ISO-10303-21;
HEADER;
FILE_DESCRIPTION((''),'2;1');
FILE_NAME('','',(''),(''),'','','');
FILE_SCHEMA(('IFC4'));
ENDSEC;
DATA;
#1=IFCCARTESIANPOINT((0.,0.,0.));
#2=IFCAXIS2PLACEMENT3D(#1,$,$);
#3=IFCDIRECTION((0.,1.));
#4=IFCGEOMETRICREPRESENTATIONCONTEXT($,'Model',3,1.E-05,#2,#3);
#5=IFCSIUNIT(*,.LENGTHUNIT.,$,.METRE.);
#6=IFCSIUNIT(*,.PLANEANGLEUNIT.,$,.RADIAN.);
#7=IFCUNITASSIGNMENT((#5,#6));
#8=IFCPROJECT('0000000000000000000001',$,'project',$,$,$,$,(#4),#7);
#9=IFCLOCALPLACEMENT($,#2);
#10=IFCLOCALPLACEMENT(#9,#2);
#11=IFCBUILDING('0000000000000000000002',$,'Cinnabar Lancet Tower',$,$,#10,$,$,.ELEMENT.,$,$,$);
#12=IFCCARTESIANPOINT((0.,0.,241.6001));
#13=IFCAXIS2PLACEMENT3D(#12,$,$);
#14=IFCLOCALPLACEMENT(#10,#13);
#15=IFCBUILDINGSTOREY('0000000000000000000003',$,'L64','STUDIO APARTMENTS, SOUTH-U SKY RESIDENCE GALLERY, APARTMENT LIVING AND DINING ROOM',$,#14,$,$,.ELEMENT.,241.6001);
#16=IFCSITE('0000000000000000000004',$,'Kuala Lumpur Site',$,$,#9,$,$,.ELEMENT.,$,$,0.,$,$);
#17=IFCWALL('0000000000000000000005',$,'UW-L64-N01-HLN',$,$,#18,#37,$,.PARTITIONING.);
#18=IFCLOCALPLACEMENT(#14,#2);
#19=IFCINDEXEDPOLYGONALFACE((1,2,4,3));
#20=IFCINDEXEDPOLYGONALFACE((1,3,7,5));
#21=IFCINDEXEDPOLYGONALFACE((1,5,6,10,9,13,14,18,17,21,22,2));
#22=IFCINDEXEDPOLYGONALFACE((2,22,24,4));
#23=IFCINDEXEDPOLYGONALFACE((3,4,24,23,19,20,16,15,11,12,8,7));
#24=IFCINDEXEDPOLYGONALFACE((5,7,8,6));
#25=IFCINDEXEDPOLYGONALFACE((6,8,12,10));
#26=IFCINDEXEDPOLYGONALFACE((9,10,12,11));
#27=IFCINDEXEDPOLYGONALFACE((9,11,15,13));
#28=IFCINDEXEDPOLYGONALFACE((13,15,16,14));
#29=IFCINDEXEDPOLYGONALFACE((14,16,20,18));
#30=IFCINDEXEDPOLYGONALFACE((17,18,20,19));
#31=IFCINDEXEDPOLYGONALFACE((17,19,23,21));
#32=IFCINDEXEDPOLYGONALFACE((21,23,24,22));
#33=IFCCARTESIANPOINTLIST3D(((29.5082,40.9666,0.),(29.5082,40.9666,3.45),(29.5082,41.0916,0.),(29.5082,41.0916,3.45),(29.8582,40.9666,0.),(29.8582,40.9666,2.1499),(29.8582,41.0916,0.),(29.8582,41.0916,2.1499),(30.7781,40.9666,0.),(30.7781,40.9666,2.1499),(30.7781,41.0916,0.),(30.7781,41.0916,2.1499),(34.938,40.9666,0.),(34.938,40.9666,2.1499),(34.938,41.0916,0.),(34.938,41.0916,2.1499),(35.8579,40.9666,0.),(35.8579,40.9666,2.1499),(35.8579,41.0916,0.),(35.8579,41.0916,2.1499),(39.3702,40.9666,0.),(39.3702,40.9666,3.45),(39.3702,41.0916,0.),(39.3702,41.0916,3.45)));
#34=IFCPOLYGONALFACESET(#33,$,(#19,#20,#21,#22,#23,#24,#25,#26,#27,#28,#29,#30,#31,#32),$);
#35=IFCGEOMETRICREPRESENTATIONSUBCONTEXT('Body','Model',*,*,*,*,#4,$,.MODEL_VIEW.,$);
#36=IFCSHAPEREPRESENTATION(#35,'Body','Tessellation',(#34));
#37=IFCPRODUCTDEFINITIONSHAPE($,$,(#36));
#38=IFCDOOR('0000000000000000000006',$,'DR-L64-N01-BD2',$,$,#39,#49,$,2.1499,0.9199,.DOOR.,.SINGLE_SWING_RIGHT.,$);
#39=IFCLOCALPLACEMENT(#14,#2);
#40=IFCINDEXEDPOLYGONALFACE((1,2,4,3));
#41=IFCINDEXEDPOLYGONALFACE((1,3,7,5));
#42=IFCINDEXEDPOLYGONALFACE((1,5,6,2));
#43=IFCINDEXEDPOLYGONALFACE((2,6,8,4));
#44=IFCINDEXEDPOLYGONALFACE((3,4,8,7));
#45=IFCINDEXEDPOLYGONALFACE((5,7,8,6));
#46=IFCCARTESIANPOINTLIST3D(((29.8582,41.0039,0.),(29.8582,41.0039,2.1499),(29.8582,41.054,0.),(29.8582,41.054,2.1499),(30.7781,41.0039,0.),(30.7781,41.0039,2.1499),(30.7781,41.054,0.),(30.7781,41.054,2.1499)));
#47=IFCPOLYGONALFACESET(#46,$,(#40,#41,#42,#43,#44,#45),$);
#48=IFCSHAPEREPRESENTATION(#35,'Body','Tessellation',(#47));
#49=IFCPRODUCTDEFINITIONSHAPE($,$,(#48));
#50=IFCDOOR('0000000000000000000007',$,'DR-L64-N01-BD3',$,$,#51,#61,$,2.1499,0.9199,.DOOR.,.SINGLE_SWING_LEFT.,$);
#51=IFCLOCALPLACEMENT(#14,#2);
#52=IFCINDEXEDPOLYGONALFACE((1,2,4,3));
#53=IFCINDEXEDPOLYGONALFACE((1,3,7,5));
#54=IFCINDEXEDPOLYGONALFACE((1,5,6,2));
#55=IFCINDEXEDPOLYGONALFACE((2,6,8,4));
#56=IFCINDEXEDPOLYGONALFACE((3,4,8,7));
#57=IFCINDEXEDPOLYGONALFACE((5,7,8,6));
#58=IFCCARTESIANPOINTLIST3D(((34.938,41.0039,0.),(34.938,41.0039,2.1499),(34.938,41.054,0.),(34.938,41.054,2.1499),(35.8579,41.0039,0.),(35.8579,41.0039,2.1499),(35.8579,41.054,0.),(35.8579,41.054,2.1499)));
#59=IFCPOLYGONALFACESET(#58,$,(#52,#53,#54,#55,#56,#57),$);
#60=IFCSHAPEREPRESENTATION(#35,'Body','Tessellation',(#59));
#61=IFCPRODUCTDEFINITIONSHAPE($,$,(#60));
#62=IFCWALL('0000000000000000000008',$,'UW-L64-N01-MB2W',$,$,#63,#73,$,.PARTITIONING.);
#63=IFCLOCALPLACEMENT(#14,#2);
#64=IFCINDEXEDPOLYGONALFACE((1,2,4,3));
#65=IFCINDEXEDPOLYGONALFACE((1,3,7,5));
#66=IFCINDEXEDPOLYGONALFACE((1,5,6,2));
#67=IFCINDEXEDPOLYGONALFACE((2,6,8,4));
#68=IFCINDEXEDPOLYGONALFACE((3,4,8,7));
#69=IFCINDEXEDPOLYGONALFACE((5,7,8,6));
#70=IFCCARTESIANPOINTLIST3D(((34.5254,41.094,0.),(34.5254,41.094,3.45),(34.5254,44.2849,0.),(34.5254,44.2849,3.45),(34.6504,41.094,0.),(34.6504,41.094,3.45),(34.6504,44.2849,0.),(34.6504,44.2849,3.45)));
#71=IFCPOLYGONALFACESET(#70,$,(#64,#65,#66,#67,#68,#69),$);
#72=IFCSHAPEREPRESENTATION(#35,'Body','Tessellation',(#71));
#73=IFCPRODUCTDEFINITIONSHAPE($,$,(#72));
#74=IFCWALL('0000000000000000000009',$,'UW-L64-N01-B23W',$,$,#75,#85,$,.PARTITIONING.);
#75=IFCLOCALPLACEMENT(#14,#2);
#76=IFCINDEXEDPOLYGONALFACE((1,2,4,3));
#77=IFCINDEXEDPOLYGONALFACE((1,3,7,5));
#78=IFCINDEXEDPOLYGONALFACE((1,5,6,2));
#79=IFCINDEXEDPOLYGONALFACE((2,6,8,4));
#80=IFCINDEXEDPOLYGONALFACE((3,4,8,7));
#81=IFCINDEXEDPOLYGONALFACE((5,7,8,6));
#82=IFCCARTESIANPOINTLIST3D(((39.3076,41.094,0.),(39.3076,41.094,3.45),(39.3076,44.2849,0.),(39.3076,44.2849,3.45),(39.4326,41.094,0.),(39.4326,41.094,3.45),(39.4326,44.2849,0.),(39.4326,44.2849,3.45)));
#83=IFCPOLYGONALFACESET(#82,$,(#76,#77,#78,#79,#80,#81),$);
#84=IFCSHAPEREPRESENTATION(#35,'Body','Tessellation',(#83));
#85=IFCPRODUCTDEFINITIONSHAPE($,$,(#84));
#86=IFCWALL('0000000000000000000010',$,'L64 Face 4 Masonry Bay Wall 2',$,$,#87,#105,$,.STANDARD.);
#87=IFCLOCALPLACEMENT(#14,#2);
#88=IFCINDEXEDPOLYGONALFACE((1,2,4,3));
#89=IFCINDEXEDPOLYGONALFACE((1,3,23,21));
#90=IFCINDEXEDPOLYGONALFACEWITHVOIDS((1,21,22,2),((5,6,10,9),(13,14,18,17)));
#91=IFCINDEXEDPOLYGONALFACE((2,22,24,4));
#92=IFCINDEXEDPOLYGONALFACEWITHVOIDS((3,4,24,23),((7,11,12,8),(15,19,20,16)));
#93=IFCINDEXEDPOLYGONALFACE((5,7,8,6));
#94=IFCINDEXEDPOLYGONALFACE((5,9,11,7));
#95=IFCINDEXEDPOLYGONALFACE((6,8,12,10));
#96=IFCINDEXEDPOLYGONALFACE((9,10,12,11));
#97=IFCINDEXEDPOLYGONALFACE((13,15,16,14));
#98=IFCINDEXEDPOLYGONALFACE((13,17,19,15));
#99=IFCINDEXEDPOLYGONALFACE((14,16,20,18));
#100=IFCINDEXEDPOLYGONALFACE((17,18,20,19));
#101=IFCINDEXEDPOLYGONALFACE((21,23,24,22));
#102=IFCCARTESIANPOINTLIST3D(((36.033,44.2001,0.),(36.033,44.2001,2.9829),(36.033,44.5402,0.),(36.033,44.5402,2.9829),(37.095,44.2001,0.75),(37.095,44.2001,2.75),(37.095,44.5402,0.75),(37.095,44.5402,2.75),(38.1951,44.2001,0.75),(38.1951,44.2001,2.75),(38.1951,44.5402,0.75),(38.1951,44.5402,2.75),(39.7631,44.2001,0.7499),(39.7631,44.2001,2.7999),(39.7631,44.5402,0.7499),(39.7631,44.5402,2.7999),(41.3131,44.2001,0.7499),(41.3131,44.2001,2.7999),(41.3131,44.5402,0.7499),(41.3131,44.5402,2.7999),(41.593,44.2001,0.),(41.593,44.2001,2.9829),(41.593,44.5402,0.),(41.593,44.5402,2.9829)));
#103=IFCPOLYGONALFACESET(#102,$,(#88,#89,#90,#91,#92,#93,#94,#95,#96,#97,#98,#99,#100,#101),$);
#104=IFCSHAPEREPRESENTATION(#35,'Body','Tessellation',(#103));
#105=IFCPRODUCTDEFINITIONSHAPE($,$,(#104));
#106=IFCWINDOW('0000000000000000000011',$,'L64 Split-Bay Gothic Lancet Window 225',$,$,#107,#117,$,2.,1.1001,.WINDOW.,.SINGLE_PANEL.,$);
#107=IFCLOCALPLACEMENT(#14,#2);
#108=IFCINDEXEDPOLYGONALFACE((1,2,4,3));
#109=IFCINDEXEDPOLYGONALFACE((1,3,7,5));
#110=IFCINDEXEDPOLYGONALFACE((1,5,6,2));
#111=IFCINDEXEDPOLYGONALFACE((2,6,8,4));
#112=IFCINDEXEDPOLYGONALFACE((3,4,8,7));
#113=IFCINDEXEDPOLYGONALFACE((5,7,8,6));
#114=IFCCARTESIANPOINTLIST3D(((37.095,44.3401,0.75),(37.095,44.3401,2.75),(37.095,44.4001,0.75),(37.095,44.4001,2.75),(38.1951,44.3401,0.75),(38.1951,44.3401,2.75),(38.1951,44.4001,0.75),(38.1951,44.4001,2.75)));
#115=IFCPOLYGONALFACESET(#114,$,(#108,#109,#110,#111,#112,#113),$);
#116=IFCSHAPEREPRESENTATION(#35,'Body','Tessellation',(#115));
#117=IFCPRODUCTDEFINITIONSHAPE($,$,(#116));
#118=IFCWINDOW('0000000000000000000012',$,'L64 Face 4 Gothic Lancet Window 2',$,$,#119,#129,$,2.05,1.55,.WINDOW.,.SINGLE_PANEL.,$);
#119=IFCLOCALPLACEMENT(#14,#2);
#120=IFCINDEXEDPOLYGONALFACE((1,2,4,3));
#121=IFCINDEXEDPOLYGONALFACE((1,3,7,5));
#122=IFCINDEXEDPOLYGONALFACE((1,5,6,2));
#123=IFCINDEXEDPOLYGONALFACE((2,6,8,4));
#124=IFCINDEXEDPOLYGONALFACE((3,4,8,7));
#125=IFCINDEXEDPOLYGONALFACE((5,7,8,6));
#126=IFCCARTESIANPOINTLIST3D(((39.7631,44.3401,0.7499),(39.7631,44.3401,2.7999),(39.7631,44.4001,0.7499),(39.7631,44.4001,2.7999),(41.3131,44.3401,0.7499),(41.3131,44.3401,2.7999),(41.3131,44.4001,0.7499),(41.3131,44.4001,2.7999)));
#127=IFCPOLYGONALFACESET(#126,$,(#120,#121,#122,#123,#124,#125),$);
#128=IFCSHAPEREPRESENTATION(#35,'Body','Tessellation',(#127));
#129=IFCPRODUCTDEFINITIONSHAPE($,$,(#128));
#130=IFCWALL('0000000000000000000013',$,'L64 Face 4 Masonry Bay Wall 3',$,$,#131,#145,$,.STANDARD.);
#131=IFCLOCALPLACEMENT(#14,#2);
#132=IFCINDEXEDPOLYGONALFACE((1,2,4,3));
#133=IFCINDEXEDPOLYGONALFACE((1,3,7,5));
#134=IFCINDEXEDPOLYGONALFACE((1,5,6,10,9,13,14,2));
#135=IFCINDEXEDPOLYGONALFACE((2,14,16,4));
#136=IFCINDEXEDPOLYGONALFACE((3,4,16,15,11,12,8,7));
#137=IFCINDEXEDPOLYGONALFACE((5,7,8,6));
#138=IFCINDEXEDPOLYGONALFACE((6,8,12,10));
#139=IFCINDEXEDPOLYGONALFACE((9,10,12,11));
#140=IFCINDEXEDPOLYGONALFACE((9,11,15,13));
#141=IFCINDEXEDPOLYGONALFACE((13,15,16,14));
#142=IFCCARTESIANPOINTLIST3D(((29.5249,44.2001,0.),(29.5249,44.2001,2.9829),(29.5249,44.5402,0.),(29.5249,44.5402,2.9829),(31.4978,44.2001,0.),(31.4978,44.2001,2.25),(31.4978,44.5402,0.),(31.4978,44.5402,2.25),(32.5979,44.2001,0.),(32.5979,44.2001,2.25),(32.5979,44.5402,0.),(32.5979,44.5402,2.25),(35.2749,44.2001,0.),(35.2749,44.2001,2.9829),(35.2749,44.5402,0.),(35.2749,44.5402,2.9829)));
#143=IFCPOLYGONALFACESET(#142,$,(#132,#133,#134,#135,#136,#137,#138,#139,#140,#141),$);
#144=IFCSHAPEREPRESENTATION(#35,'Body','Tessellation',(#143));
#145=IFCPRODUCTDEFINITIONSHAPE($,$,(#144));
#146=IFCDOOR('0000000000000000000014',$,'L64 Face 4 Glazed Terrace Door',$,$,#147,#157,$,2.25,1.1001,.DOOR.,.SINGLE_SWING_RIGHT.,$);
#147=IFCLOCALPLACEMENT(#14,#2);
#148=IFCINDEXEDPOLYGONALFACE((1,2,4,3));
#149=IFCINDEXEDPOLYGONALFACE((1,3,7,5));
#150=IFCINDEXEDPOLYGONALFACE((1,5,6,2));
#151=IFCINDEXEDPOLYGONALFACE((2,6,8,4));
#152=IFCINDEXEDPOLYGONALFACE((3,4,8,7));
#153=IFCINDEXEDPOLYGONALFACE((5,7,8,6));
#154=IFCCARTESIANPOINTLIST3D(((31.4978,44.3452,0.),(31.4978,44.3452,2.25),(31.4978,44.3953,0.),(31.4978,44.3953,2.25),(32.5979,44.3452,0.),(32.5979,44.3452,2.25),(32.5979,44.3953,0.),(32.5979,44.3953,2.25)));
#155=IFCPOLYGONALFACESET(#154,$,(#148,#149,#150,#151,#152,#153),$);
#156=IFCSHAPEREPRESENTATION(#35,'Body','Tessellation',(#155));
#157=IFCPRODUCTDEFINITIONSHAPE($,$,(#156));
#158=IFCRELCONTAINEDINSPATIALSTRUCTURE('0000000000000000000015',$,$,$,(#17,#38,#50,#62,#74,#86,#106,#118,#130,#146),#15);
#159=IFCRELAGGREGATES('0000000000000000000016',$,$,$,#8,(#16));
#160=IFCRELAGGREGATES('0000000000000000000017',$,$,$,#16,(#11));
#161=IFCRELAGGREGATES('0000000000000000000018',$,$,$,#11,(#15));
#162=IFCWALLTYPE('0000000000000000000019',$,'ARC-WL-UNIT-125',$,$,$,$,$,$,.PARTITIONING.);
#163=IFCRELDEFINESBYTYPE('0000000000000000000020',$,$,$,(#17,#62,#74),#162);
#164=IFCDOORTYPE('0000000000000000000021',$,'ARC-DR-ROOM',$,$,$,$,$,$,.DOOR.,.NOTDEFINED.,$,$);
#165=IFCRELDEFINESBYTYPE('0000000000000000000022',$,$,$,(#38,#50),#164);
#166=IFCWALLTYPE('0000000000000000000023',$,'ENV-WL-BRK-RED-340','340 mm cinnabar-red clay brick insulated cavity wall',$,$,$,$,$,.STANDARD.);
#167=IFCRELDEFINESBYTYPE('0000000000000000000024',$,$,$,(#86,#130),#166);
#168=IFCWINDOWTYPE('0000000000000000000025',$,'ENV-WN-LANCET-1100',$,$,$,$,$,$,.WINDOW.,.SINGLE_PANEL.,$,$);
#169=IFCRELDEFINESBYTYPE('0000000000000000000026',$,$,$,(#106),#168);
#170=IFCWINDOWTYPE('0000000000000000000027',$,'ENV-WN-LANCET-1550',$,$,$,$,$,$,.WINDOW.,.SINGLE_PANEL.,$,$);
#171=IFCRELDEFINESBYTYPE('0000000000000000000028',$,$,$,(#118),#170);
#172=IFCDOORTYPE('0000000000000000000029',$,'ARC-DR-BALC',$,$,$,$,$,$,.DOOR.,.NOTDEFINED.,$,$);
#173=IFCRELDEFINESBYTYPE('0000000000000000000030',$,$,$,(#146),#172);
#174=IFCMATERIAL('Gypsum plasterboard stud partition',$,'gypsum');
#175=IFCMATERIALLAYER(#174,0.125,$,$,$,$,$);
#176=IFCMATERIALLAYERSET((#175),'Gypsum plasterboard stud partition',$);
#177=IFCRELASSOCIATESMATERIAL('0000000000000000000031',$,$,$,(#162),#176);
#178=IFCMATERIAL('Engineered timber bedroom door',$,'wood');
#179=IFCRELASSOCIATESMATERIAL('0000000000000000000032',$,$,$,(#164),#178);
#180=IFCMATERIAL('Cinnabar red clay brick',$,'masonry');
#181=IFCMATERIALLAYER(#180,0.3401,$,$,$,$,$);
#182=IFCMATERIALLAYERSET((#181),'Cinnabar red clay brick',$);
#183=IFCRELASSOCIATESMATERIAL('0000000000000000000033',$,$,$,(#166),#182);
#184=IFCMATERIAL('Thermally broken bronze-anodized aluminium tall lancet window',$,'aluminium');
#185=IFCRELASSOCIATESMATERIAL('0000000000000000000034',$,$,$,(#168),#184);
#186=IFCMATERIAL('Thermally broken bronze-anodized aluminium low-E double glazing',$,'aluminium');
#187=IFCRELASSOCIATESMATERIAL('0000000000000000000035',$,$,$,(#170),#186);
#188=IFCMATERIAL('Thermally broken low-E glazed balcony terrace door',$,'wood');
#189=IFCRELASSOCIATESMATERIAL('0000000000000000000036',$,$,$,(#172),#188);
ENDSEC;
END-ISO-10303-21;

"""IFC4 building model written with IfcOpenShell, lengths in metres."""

from ifc_helpers import new_model, si_unit, direction, frame, frame_2d, origin, place, context, subcontext, project, spatial, rectangle, extrude, material, layer, layer_set, type_object, element, fill, save


model = new_model("IFC4")

# Units and contexts
model_context = context("Model", 3, precision=1e-05, world=origin(), true_north=direction((0.0, 1.0)))
body_context = subcontext(model_context, "Body", "Model", "MODEL_VIEW")
ifc_project = project(units=[si_unit("LENGTHUNIT", "METRE"), si_unit("PLANEANGLEUNIT", "RADIAN")], contexts=[model_context])

# Site, building, storey
site_placement = place(None, origin())
site = spatial("IfcSite", under=ifc_project, at=site_placement, Name="Kuala Lumpur Site", CompositionType="ELEMENT", RefElevation=0.0)
building_placement = place(site_placement, origin())
building = spatial("IfcBuilding", under=site, at=building_placement, Name="Cinnabar Lancet Tower", CompositionType="ELEMENT")
storey_placement = place(building_placement, frame((0.0, 0.0, 241.6001)))
storey = spatial("IfcBuildingStorey", under=building, at=storey_placement, Name="L64", Description="STUDIO APARTMENTS, SOUTH-U SKY RESIDENCE GALLERY, APARTMENT LIVING AND DINING ROOM", CompositionType="ELEMENT", Elevation=241.6001)

# Wall, openings, doors
ifc_material_1 = material(Name="Gypsum plasterboard stud partition", Category="gypsum")
ifc_layer_1 = layer(ifc_material_1, 0.125)
ifc_layer_set_1 = layer_set([ifc_layer_1], Name="Gypsum plasterboard stud partition")
wall_type_1 = type_object("IfcWallType", Name="ARC-WL-UNIT-125", PredefinedType="PARTITIONING", material=ifc_layer_set_1)
wall_1_placement = place(storey_placement, frame((29.5081, 41.0291, 0.0), z_axis=(0.0, 0.0, 1.0), x_axis=(1.0, 0.0, 0.0)))
wall_1 = element("IfcWall", 1, at=wall_1_placement, inside=storey, type_object=wall_type_1, Name="UW-L64-N01-HLN", PredefinedType="PARTITIONING", context=body_context, shape_type="SweptSolid", body=[
    extrude(rectangle(XDim=9.8621, YDim=0.125, at=frame_2d((4.9312, 0.0))), origin(), (0.0, 0.0, 1.0), 3.45),
])
opening_1_placement = place(wall_1_placement, frame((0.3501, 0.0, 0.0)))
opening_1 = element("IfcOpeningElement", 2, at=opening_1_placement, cuts=wall_1, PredefinedType="OPENING", context=body_context, shape_type="SweptSolid", body=[
    extrude(rectangle(XDim=0.9199, YDim=2.1499, at=frame_2d((0.46, 1.075))), frame((0.0, 0.0725, 0.0), z_axis=(0.0, -1.0, 0.0), x_axis=(1.0, 0.0, 0.0)), (0.0, 0.0, 1.0), 0.145),
])
opening_2_placement = place(wall_1_placement, frame((5.4299, 0.0, 0.0)))
opening_2 = element("IfcOpeningElement", 3, at=opening_2_placement, cuts=wall_1, PredefinedType="OPENING", context=body_context, shape_type="SweptSolid", body=[
    extrude(rectangle(XDim=0.9199, YDim=2.1499, at=frame_2d((0.46, 1.075))), frame((0.0, 0.0725, 0.0), z_axis=(0.0, -1.0, 0.0), x_axis=(1.0, 0.0, 0.0)), (0.0, 0.0, 1.0), 0.145),
])
ifc_material_2 = material(Name="Engineered timber bedroom door", Category="wood")
door_type_1 = type_object("IfcDoorType", Name="ARC-DR-ROOM", OperationType="NOTDEFINED", PredefinedType="DOOR", material=ifc_material_2)
door_1_placement = place(opening_1_placement, origin())
door_1 = element("IfcDoor", 4, at=door_1_placement, inside=storey, type_object=door_type_1, Name="DR-L64-N01-BD2", OperationType="SINGLE_SWING_RIGHT", OverallHeight=2.1499, OverallWidth=0.9199, PredefinedType="DOOR", context=body_context, shape_type="SweptSolid", body=[
    extrude(rectangle(XDim=0.9199, YDim=2.1499, at=frame_2d((0.46, 1.075))), frame((0.0, 0.0249, 0.0), z_axis=(0.0, -1.0, 0.0), x_axis=(1.0, 0.0, 0.0)), (0.0, 0.0, 1.0), 0.05),
])
fill(opening_1, door_1)
door_2_placement = place(opening_2_placement, origin())
door_2 = element("IfcDoor", 5, at=door_2_placement, inside=storey, type_object=door_type_1, Name="DR-L64-N01-BD3", OperationType="SINGLE_SWING_LEFT", OverallHeight=2.1499, OverallWidth=0.9199, PredefinedType="DOOR", context=body_context, shape_type="SweptSolid", body=[
    extrude(rectangle(XDim=0.9199, YDim=2.1499, at=frame_2d((0.46, 1.075))), frame((0.0, 0.0249, 0.0), z_axis=(0.0, -1.0, 0.0), x_axis=(1.0, 0.0, 0.0)), (0.0, 0.0, 1.0), 0.05),
])
fill(opening_2, door_2)

# Walls
for number, where, z_axis, x_axis, name in (
    (6, (34.5879, 41.094, 0.0), (0.0, 0.0, 1.0), (0.0, 1.0, 0.0), "UW-L64-N01-MB2W"),
    (7, (39.3701, 41.094, 0.0), (0.0, 0.0, 1.0), (0.0, 1.0, 0.0), "UW-L64-N01-B23W"),
):
    element("IfcWall", number, at=place(storey_placement, frame(where, z_axis=z_axis, x_axis=x_axis)), inside=storey, type_object=wall_type_1, Name=name, PredefinedType="PARTITIONING", context=body_context, shape_type="SweptSolid", body=[
        extrude(rectangle(XDim=3.1909, YDim=0.125, at=frame_2d((1.5955, 0.0))), origin(), (0.0, 0.0, 1.0), 3.45),
    ])

# Wall, openings, windows
ifc_material_3 = material(Name="Cinnabar red clay brick", Category="masonry")
ifc_layer_2 = layer(ifc_material_3, 0.3401)
ifc_layer_set_2 = layer_set([ifc_layer_2], Name="Cinnabar red clay brick")
wall_type_2 = type_object("IfcWallType", Name="ENV-WL-BRK-RED-340", Description="340 mm cinnabar-red clay brick insulated cavity wall", PredefinedType="STANDARD", material=ifc_layer_set_2)
wall_2_placement = place(storey_placement, frame((41.593, 44.3701, 0.0), z_axis=(0.0, 0.0, 1.0), x_axis=(-1.0, 0.0, 0.0)))
wall_2 = element("IfcWall", 8, at=wall_2_placement, inside=storey, type_object=wall_type_2, Name="L64 Face 4 Masonry Bay Wall 2", PredefinedType="STANDARD", context=body_context, shape_type="SweptSolid", body=[
    extrude(rectangle(XDim=5.5601, YDim=0.3401, at=frame_2d((2.78, 0.0))), origin(), (0.0, 0.0, 1.0), 2.9829),
])
opening_3_placement = place(wall_2_placement, frame((0.28, 0.0, 0.75)))
opening_3 = element("IfcOpeningElement", 9, at=opening_3_placement, cuts=wall_2, PredefinedType="OPENING", context=body_context, shape_type="SweptSolid", body=[
    extrude(rectangle(XDim=1.55, YDim=2.05, at=frame_2d((0.7749, 1.0249))), frame((0.0, 0.1799, 0.0), z_axis=(0.0, -1.0, 0.0), x_axis=(1.0, 0.0, 0.0)), (0.0, 0.0, 1.0), 0.3601),
])
opening_4_placement = place(wall_2_placement, frame((3.3979, 0.0, 0.75)))
opening_4 = element("IfcOpeningElement", 10, at=opening_4_placement, cuts=wall_2, PredefinedType="OPENING", context=body_context, shape_type="SweptSolid", body=[
    extrude(rectangle(XDim=1.1001, YDim=2.0, at=frame_2d((0.55, 1.0))), frame((0.0, 0.1799, 0.0), z_axis=(0.0, -1.0, 0.0), x_axis=(1.0, 0.0, 0.0)), (0.0, 0.0, 1.0), 0.3601),
])
ifc_material_4 = material(Name="Thermally broken bronze-anodized aluminium tall lancet window", Category="aluminium")
window_type_1 = type_object("IfcWindowType", Name="ENV-WN-LANCET-1100", PartitioningType="SINGLE_PANEL", PredefinedType="WINDOW", material=ifc_material_4)
window_1_placement = place(opening_4_placement, origin())
window_1 = element("IfcWindow", 11, at=window_1_placement, inside=storey, type_object=window_type_1, Name="L64 Split-Bay Gothic Lancet Window 225", OverallHeight=2.0, OverallWidth=1.1001, PartitioningType="SINGLE_PANEL", PredefinedType="WINDOW", context=body_context, shape_type="SweptSolid", body=[
    extrude(rectangle(XDim=1.1001, YDim=2.0, at=frame_2d((0.55, 1.0))), frame((0.0, 0.03, 0.0), z_axis=(0.0, -1.0, 0.0), x_axis=(1.0, 0.0, 0.0)), (0.0, 0.0, 1.0), 0.0601),
])
fill(opening_4, window_1)
ifc_material_5 = material(Name="Thermally broken bronze-anodized aluminium low-E double glazing", Category="aluminium")
window_type_2 = type_object("IfcWindowType", Name="ENV-WN-LANCET-1550", PartitioningType="SINGLE_PANEL", PredefinedType="WINDOW", material=ifc_material_5)
window_2_placement = place(opening_3_placement, origin())
window_2 = element("IfcWindow", 12, at=window_2_placement, inside=storey, type_object=window_type_2, Name="L64 Face 4 Gothic Lancet Window 2", OverallHeight=2.05, OverallWidth=1.55, PartitioningType="SINGLE_PANEL", PredefinedType="WINDOW", context=body_context, shape_type="SweptSolid", body=[
    extrude(rectangle(XDim=1.55, YDim=2.05, at=frame_2d((0.7749, 1.0249))), frame((0.0, 0.03, 0.0), z_axis=(0.0, -1.0, 0.0), x_axis=(1.0, 0.0, 0.0)), (0.0, 0.0, 1.0), 0.0601),
])
fill(opening_3, window_2)

# Wall, opening, door
wall_3_placement = place(storey_placement, frame((35.2749, 44.3701, 0.0), z_axis=(0.0, 0.0, 1.0), x_axis=(-1.0, 0.0, 0.0)))
wall_3 = element("IfcWall", 13, at=wall_3_placement, inside=storey, type_object=wall_type_2, Name="L64 Face 4 Masonry Bay Wall 3", PredefinedType="STANDARD", context=body_context, shape_type="SweptSolid", body=[
    extrude(rectangle(XDim=5.75, YDim=0.3401, at=frame_2d((2.875, 0.0))), origin(), (0.0, 0.0, 1.0), 2.9829),
])
opening_5_placement = place(wall_3_placement, frame((2.677, 0.0, 0.0)))
opening_5 = element("IfcOpeningElement", 14, at=opening_5_placement, cuts=wall_3, PredefinedType="OPENING", context=body_context, shape_type="SweptSolid", body=[
    extrude(rectangle(XDim=1.1001, YDim=2.25, at=frame_2d((0.55, 1.125))), frame((0.0, 0.1799, 0.0), z_axis=(0.0, -1.0, 0.0), x_axis=(1.0, 0.0, 0.0)), (0.0, 0.0, 1.0), 0.3601),
])
ifc_material_6 = material(Name="Thermally broken low-E glazed balcony terrace door", Category="wood")
door_type_2 = type_object("IfcDoorType", Name="ARC-DR-BALC", OperationType="NOTDEFINED", PredefinedType="DOOR", material=ifc_material_6)
door_3_placement = place(opening_5_placement, origin())
door_3 = element("IfcDoor", 15, at=door_3_placement, inside=storey, type_object=door_type_2, Name="L64 Face 4 Glazed Terrace Door", OperationType="SINGLE_SWING_RIGHT", OverallHeight=2.25, OverallWidth=1.1001, PredefinedType="DOOR", context=body_context, shape_type="SweptSolid", body=[
    extrude(rectangle(XDim=1.1001, YDim=2.25, at=frame_2d((0.55, 1.125))), frame((0.0, 0.0249, 0.0), z_axis=(0.0, -1.0, 0.0), x_axis=(1.0, 0.0, 0.0)), (0.0, 0.0, 1.0), 0.05),
])
fill(opening_5, door_3)

save(model, "model.ifc")
